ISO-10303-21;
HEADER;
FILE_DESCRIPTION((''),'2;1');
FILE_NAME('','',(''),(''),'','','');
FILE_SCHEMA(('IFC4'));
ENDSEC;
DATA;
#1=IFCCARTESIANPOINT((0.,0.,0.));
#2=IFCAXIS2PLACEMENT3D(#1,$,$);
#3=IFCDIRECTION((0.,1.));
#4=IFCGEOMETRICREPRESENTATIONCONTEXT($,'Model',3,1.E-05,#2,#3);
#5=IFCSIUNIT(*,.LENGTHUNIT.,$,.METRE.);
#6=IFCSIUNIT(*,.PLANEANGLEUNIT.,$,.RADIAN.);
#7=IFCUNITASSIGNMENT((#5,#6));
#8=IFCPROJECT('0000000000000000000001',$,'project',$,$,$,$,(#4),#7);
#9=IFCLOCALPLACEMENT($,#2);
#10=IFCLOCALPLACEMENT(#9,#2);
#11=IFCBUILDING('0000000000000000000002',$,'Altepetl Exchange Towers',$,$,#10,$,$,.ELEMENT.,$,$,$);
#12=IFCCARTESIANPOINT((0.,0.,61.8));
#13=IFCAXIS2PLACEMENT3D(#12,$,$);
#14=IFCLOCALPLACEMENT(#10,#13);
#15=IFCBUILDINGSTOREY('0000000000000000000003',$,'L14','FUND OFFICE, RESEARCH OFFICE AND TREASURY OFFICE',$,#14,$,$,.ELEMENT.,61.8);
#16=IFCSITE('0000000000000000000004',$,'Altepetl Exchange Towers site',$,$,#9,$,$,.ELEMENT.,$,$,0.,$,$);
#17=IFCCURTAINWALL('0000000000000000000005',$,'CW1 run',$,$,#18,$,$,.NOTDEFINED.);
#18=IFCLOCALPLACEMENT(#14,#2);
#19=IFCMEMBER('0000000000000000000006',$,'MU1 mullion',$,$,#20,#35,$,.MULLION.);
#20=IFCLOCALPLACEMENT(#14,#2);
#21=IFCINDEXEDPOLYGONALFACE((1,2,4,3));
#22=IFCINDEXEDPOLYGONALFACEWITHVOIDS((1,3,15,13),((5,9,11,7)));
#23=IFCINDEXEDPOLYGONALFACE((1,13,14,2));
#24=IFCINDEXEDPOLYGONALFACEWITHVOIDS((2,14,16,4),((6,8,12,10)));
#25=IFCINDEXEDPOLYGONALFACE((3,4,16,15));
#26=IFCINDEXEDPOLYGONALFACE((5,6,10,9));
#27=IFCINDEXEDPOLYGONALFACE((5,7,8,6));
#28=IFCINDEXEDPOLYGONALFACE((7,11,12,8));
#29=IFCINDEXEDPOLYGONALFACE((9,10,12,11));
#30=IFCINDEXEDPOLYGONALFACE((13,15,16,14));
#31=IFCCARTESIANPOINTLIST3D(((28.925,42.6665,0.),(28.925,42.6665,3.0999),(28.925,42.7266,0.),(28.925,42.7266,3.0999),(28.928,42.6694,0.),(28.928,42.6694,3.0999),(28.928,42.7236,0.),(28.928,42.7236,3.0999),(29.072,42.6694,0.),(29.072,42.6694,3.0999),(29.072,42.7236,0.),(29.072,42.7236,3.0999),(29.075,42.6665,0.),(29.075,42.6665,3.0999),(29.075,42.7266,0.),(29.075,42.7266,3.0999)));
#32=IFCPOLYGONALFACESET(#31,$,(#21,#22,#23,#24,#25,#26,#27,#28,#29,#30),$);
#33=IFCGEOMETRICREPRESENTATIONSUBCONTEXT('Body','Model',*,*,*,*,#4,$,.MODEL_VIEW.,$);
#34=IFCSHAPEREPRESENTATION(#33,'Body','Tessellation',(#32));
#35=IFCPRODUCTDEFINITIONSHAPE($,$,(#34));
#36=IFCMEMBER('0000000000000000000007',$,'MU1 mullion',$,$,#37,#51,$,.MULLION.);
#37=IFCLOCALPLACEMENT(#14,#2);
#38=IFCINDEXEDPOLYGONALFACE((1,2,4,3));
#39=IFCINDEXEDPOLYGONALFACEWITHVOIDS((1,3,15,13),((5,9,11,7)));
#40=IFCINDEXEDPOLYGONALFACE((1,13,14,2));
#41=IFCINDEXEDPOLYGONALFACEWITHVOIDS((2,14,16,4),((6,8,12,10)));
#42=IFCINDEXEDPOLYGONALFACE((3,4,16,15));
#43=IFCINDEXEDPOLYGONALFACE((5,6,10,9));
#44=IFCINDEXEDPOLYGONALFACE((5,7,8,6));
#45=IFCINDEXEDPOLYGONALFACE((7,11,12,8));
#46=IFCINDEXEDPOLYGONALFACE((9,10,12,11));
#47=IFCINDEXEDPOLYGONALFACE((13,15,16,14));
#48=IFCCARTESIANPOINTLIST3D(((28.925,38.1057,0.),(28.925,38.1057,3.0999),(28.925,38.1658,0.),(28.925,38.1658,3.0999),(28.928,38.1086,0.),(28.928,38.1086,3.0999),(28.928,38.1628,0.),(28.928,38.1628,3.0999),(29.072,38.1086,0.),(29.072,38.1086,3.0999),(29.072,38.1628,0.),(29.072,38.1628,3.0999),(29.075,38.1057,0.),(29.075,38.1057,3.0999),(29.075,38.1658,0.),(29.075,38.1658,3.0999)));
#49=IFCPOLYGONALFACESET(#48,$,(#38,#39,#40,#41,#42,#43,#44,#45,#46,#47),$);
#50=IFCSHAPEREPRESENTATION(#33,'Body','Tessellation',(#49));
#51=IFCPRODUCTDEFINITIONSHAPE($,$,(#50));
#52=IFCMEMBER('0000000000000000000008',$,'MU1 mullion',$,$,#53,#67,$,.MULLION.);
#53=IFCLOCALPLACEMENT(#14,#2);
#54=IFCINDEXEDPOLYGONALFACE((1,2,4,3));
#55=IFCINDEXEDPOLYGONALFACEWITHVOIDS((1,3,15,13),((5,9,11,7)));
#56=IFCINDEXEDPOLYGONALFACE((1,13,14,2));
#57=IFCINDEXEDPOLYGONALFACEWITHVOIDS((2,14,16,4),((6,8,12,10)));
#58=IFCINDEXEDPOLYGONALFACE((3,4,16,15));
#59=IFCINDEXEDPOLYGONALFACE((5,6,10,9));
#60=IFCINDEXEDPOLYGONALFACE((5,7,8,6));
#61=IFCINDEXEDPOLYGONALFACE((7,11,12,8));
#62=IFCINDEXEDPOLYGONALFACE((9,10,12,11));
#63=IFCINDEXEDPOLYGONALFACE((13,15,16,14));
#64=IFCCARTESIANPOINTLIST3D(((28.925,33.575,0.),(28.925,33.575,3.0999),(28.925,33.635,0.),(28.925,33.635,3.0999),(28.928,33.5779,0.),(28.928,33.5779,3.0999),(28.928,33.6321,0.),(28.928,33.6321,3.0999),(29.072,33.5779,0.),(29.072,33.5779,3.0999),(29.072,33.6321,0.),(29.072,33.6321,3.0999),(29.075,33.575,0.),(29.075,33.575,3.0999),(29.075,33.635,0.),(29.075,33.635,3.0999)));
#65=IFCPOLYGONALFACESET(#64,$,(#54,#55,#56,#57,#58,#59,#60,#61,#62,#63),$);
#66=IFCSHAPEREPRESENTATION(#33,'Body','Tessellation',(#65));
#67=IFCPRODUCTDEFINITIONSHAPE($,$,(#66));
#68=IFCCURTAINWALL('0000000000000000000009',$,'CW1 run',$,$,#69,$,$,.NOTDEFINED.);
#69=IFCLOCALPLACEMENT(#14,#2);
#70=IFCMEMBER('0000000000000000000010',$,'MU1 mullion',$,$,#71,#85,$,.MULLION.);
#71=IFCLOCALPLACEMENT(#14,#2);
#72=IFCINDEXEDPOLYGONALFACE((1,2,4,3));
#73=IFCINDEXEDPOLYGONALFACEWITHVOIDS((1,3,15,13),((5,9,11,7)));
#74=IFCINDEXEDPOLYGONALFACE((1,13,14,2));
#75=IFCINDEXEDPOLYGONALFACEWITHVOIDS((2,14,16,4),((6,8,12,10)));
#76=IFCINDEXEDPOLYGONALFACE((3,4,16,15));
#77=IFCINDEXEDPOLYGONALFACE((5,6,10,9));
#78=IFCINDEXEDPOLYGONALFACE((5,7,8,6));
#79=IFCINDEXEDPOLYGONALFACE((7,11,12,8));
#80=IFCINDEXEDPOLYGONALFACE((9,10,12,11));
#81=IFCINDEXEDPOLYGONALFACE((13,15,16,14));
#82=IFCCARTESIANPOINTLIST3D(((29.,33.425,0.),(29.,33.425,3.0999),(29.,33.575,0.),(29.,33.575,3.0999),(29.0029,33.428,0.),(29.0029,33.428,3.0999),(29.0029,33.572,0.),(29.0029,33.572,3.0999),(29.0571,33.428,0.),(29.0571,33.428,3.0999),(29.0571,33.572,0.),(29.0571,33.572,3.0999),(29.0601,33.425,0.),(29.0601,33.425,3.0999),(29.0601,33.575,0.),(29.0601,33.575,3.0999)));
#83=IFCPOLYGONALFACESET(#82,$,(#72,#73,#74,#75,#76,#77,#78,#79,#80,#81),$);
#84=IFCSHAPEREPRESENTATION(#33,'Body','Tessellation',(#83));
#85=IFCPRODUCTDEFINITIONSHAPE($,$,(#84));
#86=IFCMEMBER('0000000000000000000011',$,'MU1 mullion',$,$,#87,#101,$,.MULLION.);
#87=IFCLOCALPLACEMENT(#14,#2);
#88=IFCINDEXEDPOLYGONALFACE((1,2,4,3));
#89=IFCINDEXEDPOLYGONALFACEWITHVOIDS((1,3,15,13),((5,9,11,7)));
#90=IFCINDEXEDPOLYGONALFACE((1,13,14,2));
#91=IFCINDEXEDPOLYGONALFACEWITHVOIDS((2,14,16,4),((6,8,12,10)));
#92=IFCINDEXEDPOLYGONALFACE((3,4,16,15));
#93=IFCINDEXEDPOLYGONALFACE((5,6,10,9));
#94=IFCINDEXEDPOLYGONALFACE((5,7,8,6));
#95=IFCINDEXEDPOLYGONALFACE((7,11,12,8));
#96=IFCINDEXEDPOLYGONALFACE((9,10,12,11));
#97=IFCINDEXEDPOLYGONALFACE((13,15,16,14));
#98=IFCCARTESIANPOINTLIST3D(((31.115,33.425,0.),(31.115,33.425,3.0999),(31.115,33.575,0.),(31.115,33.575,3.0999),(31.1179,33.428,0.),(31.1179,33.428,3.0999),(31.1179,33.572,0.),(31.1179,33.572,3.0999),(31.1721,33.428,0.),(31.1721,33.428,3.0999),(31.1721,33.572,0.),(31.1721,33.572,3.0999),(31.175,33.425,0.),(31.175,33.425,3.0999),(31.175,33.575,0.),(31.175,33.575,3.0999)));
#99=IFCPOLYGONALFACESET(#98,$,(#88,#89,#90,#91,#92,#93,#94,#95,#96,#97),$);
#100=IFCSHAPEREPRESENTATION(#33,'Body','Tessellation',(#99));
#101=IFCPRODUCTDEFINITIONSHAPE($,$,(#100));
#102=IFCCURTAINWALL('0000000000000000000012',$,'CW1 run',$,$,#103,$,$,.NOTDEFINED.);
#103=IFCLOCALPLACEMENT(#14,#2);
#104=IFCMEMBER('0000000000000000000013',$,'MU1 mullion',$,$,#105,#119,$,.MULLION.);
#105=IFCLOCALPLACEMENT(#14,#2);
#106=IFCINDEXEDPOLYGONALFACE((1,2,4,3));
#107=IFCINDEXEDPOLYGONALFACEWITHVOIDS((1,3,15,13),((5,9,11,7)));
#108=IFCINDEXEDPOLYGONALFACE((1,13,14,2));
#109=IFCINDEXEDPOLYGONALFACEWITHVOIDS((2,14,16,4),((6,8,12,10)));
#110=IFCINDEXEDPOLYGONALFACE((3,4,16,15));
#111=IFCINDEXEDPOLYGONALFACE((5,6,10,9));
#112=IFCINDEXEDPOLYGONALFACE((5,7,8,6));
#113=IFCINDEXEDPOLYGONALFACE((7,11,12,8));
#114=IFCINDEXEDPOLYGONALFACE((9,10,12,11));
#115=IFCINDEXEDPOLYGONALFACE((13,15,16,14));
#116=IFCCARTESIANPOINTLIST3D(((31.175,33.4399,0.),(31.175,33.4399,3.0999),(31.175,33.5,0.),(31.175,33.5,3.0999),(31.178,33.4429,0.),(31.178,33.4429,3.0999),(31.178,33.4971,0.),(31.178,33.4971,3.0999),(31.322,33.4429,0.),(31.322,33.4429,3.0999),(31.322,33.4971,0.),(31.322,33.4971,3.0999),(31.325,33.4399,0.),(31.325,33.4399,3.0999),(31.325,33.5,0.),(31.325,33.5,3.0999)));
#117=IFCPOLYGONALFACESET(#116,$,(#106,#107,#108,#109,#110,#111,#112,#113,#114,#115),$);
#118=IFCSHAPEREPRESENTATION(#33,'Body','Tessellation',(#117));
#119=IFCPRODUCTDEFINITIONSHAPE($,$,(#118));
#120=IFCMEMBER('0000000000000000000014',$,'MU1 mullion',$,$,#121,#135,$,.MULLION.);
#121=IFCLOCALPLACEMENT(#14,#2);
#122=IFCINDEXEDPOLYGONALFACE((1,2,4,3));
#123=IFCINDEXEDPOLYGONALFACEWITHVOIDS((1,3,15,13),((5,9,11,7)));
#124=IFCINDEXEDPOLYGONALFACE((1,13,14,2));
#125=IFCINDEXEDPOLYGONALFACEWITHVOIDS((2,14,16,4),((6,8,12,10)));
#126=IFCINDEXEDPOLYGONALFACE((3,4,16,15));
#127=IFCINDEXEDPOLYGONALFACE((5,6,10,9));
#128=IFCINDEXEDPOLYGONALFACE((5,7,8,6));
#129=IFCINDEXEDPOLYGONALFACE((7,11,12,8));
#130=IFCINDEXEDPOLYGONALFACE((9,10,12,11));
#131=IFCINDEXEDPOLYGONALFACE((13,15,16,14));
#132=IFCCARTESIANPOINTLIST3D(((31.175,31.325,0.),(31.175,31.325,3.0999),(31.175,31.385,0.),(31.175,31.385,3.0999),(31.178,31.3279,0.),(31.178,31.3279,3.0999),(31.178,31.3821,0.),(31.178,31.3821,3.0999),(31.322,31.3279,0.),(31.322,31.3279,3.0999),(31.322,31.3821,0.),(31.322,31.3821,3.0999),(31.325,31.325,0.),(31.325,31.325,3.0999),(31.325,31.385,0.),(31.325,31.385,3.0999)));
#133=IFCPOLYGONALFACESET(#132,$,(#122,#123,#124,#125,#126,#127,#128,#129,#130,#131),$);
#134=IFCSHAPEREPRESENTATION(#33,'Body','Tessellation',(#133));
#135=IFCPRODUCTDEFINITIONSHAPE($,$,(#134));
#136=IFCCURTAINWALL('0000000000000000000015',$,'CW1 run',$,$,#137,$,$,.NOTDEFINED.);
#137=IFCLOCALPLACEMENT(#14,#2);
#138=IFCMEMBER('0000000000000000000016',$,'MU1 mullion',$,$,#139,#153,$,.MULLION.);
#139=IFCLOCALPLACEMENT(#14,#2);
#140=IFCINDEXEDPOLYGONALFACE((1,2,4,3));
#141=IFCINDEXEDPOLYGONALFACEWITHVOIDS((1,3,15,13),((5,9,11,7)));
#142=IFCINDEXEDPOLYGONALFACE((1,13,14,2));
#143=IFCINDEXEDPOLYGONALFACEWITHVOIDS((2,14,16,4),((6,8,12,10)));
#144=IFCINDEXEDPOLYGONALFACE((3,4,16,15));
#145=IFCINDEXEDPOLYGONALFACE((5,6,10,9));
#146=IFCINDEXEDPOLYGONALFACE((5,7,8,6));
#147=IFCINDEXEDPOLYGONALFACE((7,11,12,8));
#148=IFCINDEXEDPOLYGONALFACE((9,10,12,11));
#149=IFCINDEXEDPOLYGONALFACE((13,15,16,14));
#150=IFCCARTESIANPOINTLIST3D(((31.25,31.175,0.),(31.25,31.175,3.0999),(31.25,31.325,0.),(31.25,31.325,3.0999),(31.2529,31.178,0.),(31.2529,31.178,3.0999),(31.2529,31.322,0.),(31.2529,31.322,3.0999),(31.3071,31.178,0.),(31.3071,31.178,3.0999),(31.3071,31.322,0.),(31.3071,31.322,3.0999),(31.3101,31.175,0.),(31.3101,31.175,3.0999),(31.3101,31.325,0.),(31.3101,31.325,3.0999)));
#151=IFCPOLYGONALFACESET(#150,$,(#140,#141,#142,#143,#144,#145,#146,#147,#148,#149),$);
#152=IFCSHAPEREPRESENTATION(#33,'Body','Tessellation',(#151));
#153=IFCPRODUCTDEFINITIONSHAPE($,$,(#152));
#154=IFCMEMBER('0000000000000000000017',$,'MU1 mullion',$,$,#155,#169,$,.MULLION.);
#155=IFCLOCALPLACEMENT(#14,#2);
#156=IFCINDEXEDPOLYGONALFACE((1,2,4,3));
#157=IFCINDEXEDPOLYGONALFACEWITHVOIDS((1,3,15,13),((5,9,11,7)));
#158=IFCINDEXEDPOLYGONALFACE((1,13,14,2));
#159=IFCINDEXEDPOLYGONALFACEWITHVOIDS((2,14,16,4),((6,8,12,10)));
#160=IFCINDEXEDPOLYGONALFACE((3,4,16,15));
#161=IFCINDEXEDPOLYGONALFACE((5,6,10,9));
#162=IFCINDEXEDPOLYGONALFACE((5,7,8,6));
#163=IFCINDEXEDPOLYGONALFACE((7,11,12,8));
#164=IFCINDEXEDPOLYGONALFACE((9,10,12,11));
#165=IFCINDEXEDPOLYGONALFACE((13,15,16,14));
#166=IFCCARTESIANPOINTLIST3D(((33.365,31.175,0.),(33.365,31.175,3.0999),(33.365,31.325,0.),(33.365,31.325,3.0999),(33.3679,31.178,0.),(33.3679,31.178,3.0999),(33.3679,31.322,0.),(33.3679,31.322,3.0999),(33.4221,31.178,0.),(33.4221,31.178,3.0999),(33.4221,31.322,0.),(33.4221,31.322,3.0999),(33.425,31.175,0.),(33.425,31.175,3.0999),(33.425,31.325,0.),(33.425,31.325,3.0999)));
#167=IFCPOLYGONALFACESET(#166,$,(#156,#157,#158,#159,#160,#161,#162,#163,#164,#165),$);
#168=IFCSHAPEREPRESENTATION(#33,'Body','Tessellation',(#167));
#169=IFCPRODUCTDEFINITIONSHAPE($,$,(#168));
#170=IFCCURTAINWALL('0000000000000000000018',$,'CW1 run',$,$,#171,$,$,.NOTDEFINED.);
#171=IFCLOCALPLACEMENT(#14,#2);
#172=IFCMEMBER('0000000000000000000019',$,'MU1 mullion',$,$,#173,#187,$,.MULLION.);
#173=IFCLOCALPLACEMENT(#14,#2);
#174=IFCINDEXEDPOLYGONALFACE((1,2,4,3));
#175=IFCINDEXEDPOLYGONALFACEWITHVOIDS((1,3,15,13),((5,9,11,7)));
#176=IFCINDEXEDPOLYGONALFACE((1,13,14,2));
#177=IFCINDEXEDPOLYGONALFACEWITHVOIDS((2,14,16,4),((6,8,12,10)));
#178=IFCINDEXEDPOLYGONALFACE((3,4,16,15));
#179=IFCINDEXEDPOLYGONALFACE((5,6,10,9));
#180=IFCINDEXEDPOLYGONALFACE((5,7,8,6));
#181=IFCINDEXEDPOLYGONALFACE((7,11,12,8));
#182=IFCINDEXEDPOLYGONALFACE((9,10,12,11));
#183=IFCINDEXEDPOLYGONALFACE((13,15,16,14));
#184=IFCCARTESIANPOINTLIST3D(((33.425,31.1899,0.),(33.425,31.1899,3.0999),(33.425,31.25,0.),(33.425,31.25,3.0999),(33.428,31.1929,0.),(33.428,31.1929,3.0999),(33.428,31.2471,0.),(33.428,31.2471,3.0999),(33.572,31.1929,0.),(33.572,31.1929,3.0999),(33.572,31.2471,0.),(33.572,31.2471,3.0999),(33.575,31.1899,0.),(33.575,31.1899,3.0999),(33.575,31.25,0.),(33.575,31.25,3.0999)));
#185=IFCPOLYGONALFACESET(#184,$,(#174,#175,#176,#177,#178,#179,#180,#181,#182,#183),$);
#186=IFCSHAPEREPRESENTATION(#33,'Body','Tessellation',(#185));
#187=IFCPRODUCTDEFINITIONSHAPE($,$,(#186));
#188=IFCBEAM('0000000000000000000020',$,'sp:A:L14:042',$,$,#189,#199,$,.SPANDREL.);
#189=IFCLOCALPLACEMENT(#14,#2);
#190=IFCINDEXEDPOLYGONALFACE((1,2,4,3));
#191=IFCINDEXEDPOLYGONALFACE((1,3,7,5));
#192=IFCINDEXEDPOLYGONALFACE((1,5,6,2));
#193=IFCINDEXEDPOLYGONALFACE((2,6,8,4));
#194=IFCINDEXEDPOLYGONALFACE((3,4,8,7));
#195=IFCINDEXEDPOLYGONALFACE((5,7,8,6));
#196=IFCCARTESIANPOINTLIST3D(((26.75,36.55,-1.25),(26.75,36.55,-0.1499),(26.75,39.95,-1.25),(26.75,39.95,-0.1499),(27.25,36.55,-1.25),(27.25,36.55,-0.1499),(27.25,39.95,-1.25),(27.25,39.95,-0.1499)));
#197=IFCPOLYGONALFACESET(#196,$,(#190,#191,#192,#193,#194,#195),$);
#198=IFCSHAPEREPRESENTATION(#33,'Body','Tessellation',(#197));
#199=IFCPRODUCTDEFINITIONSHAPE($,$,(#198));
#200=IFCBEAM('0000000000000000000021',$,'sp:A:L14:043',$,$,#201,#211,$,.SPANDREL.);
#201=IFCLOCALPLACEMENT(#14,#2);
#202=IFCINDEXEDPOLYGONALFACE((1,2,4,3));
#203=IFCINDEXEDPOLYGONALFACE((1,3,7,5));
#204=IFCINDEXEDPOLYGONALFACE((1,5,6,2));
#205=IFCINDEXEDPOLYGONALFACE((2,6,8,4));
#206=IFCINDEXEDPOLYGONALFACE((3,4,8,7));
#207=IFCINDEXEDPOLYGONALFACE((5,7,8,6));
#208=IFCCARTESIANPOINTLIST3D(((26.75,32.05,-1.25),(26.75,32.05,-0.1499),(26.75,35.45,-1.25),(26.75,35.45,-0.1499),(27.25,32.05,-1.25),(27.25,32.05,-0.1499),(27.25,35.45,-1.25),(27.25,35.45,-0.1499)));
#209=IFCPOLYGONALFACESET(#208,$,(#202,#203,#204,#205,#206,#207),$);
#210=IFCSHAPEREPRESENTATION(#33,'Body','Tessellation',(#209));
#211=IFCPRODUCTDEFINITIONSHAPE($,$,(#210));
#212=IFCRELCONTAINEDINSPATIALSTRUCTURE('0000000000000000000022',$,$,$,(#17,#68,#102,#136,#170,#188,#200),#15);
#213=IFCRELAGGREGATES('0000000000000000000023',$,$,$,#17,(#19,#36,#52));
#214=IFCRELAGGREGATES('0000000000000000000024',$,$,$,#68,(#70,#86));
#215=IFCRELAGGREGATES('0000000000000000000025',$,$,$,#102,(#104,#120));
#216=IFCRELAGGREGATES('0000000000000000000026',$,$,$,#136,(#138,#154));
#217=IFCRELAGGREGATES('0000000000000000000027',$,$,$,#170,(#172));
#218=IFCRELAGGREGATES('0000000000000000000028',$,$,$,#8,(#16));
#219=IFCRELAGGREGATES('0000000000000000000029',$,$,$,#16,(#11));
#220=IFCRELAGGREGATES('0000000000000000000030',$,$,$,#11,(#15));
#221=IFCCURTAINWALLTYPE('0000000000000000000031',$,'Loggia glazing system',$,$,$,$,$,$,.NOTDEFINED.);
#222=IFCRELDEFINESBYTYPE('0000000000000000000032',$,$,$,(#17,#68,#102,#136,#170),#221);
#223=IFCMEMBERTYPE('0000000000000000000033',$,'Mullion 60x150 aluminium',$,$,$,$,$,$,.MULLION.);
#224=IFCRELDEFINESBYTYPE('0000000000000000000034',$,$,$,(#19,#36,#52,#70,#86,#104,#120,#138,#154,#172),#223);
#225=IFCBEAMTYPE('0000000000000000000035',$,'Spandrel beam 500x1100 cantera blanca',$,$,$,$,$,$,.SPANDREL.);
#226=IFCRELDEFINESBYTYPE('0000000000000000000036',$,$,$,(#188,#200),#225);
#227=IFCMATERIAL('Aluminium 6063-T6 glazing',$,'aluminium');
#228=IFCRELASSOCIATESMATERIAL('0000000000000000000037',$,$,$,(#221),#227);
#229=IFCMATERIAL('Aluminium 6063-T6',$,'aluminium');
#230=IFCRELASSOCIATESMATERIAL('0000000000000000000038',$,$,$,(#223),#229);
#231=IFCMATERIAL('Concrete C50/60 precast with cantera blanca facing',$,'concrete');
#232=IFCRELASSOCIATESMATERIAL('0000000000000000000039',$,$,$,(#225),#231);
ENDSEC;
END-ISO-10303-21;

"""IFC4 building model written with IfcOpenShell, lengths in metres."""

from ifc_helpers import new_model, si_unit, direction, frame, origin, origin_2d, place, context, subcontext, project, spatial, rectangle, hollow_rectangle, extrude, material, material_profile, profile_set, type_object, element, aggregate, save


model = new_model("IFC4")

# Units and contexts
model_context = context("Model", 3, precision=1e-05, world=origin(), true_north=direction((0.0, 1.0)))
body_context = subcontext(model_context, "Body", "Model", "MODEL_VIEW")
ifc_project = project(units=[si_unit("LENGTHUNIT", "METRE"), si_unit("PLANEANGLEUNIT", "RADIAN")], contexts=[model_context])

# Site, building, storey
site_placement = place(None, origin())
site = spatial("IfcSite", under=ifc_project, at=site_placement, Name="Altepetl Exchange Towers site", CompositionType="ELEMENT", RefElevation=0.0)
building_placement = place(site_placement, origin())
building = spatial("IfcBuilding", under=site, at=building_placement, Name="Altepetl Exchange Towers", CompositionType="ELEMENT")
storey_placement = place(building_placement, frame((0.0, 0.0, 61.8)))
storey = spatial("IfcBuildingStorey", under=building, at=storey_placement, Name="L14", Description="FUND OFFICE, RESEARCH OFFICE AND TREASURY OFFICE", CompositionType="ELEMENT", Elevation=61.8)

# Curtain walls, members
ifc_material_1 = material(Name="Aluminium 6063-T6 glazing", Category="aluminium")
curtain_wall_type = type_object("IfcCurtainWallType", Name="Loggia glazing system", PredefinedType="NOTDEFINED", material=ifc_material_1)
curtain_wall_1_placement = place(storey_placement, origin())
curtain_wall_1 = element("IfcCurtainWall", 1, at=curtain_wall_1_placement, inside=storey, type_object=curtain_wall_type, Name="CW1 run", PredefinedType="NOTDEFINED")
ifc_material_2 = material(Name="Aluminium 6063-T6", Category="aluminium")
ifc_material_profile_1 = material_profile(ifc_material_2, hollow_rectangle(XDim=0.0601, YDim=0.1499, WallThickness=0.0029, at=origin_2d()), Name="Mullion 60x150 aluminium")
ifc_profile_set_1 = profile_set([ifc_material_profile_1], Name="Aluminium 6063-T6")
member_type = type_object("IfcMemberType", Name="Mullion 60x150 aluminium", PredefinedType="MULLION", material=ifc_profile_set_1)
member_1_placement = place(storey_placement, frame((29.0, 42.6965, 0.0), z_axis=(0.0, 0.0, 1.0), x_axis=(0.0, -1.0, 0.0)))
member_1 = element("IfcMember", 2, at=member_1_placement, type_object=member_type, Name="MU1 mullion", PredefinedType="MULLION", context=body_context, shape_type="SweptSolid", body=[
    extrude(hollow_rectangle(XDim=0.0601, YDim=0.1499, WallThickness=0.0029, at=origin_2d()), origin(), (0.0, 0.0, 1.0), 3.0999),
])
member_2_placement = place(storey_placement, frame((29.0, 38.1357, 0.0), z_axis=(0.0, 0.0, 1.0), x_axis=(0.0, -1.0, 0.0)))
member_2 = element("IfcMember", 3, at=member_2_placement, type_object=member_type, Name="MU1 mullion", PredefinedType="MULLION", context=body_context, shape_type="SweptSolid", body=[
    extrude(hollow_rectangle(XDim=0.0601, YDim=0.1499, WallThickness=0.0029, at=origin_2d()), origin(), (0.0, 0.0, 1.0), 3.0999),
])
member_3_placement = place(storey_placement, frame((29.0, 33.605, 0.0), z_axis=(0.0, 0.0, 1.0), x_axis=(0.0, -1.0, 0.0)))
member_3 = element("IfcMember", 4, at=member_3_placement, type_object=member_type, Name="MU1 mullion", PredefinedType="MULLION", context=body_context, shape_type="SweptSolid", body=[
    extrude(hollow_rectangle(XDim=0.0601, YDim=0.1499, WallThickness=0.0029, at=origin_2d()), origin(), (0.0, 0.0, 1.0), 3.0999),
])
curtain_wall_2_placement = place(storey_placement, origin())
curtain_wall_2 = element("IfcCurtainWall", 5, at=curtain_wall_2_placement, inside=storey, type_object=curtain_wall_type, Name="CW1 run", PredefinedType="NOTDEFINED")
member_4_placement = place(storey_placement, frame((29.03, 33.5, 0.0)))
member_4 = element("IfcMember", 6, at=member_4_placement, type_object=member_type, Name="MU1 mullion", PredefinedType="MULLION", context=body_context, shape_type="SweptSolid", body=[
    extrude(hollow_rectangle(XDim=0.0601, YDim=0.1499, WallThickness=0.0029, at=origin_2d()), origin(), (0.0, 0.0, 1.0), 3.0999),
])
member_5_placement = place(storey_placement, frame((31.145, 33.5, 0.0)))
member_5 = element("IfcMember", 7, at=member_5_placement, type_object=member_type, Name="MU1 mullion", PredefinedType="MULLION", context=body_context, shape_type="SweptSolid", body=[
    extrude(hollow_rectangle(XDim=0.0601, YDim=0.1499, WallThickness=0.0029, at=origin_2d()), origin(), (0.0, 0.0, 1.0), 3.0999),
])
curtain_wall_3_placement = place(storey_placement, origin())
curtain_wall_3 = element("IfcCurtainWall", 8, at=curtain_wall_3_placement, inside=storey, type_object=curtain_wall_type, Name="CW1 run", PredefinedType="NOTDEFINED")
member_6_placement = place(storey_placement, frame((31.25, 33.47, 0.0), z_axis=(0.0, 0.0, 1.0), x_axis=(0.0, -1.0, 0.0)))
member_6 = element("IfcMember", 9, at=member_6_placement, type_object=member_type, Name="MU1 mullion", PredefinedType="MULLION", context=body_context, shape_type="SweptSolid", body=[
    extrude(hollow_rectangle(XDim=0.0601, YDim=0.1499, WallThickness=0.0029, at=origin_2d()), origin(), (0.0, 0.0, 1.0), 3.0999),
])
member_7_placement = place(storey_placement, frame((31.25, 31.355, 0.0), z_axis=(0.0, 0.0, 1.0), x_axis=(0.0, -1.0, 0.0)))
member_7 = element("IfcMember", 10, at=member_7_placement, type_object=member_type, Name="MU1 mullion", PredefinedType="MULLION", context=body_context, shape_type="SweptSolid", body=[
    extrude(hollow_rectangle(XDim=0.0601, YDim=0.1499, WallThickness=0.0029, at=origin_2d()), origin(), (0.0, 0.0, 1.0), 3.0999),
])
curtain_wall_4_placement = place(storey_placement, origin())
curtain_wall_4 = element("IfcCurtainWall", 11, at=curtain_wall_4_placement, inside=storey, type_object=curtain_wall_type, Name="CW1 run", PredefinedType="NOTDEFINED")
member_8_placement = place(storey_placement, frame((31.28, 31.25, 0.0)))
member_8 = element("IfcMember", 12, at=member_8_placement, type_object=member_type, Name="MU1 mullion", PredefinedType="MULLION", context=body_context, shape_type="SweptSolid", body=[
    extrude(hollow_rectangle(XDim=0.0601, YDim=0.1499, WallThickness=0.0029, at=origin_2d()), origin(), (0.0, 0.0, 1.0), 3.0999),
])
member_9_placement = place(storey_placement, frame((33.395, 31.25, 0.0)))
member_9 = element("IfcMember", 13, at=member_9_placement, type_object=member_type, Name="MU1 mullion", PredefinedType="MULLION", context=body_context, shape_type="SweptSolid", body=[
    extrude(hollow_rectangle(XDim=0.0601, YDim=0.1499, WallThickness=0.0029, at=origin_2d()), origin(), (0.0, 0.0, 1.0), 3.0999),
])

# Curtain wall, member
curtain_wall_5_placement = place(storey_placement, origin())
curtain_wall_5 = element("IfcCurtainWall", 14, at=curtain_wall_5_placement, inside=storey, type_object=curtain_wall_type, Name="CW1 run", PredefinedType="NOTDEFINED")
member_10_placement = place(storey_placement, frame((33.5, 31.22, 0.0), z_axis=(0.0, 0.0, 1.0), x_axis=(0.0, -1.0, 0.0)))
member_10 = element("IfcMember", 15, at=member_10_placement, type_object=member_type, Name="MU1 mullion", PredefinedType="MULLION", context=body_context, shape_type="SweptSolid", body=[
    extrude(hollow_rectangle(XDim=0.0601, YDim=0.1499, WallThickness=0.0029, at=origin_2d()), origin(), (0.0, 0.0, 1.0), 3.0999),
])

# Beams
ifc_material_3 = material(Name="Concrete C50/60 precast with cantera blanca facing", Category="concrete")
ifc_material_profile_2 = material_profile(ifc_material_3, rectangle(XDim=0.5, YDim=1.1001, at=origin_2d()), Name="500 x 1100")
ifc_profile_set_2 = profile_set([ifc_material_profile_2], Name="Concrete C50/60 precast with cantera blanca facing")
beam_type_1 = type_object("IfcBeamType", Name="Spandrel beam 500x1100 cantera blanca", PredefinedType="SPANDREL", material=ifc_profile_set_2)
for number, where, z_axis, x_axis, name in (
    (16, (27.0, 39.95, -0.7), (0.0, -1.0, 0.0), (1.0, 0.0, 0.0), "sp:A:L14:042"),
    (17, (27.0, 35.45, -0.7), (0.0, -1.0, 0.0), (1.0, 0.0, 0.0), "sp:A:L14:043"),
):
    element("IfcBeam", number, at=place(storey_placement, frame(where, z_axis=z_axis, x_axis=x_axis)), inside=storey, type_object=beam_type_1, Name=name, PredefinedType="SPANDREL", context=body_context, shape_type="SweptSolid", body=[
        extrude(rectangle(XDim=0.5, YDim=1.1001, at=origin_2d()), origin(), (0.0, 0.0, 1.0), 3.3999),
    ])

aggregate(curtain_wall_1, [member_1, member_2, member_3])
aggregate(curtain_wall_2, [member_4, member_5])
aggregate(curtain_wall_3, [member_6, member_7])
aggregate(curtain_wall_4, [member_8, member_9])
aggregate(curtain_wall_5, [member_10])

save(model, "model.ifc")
